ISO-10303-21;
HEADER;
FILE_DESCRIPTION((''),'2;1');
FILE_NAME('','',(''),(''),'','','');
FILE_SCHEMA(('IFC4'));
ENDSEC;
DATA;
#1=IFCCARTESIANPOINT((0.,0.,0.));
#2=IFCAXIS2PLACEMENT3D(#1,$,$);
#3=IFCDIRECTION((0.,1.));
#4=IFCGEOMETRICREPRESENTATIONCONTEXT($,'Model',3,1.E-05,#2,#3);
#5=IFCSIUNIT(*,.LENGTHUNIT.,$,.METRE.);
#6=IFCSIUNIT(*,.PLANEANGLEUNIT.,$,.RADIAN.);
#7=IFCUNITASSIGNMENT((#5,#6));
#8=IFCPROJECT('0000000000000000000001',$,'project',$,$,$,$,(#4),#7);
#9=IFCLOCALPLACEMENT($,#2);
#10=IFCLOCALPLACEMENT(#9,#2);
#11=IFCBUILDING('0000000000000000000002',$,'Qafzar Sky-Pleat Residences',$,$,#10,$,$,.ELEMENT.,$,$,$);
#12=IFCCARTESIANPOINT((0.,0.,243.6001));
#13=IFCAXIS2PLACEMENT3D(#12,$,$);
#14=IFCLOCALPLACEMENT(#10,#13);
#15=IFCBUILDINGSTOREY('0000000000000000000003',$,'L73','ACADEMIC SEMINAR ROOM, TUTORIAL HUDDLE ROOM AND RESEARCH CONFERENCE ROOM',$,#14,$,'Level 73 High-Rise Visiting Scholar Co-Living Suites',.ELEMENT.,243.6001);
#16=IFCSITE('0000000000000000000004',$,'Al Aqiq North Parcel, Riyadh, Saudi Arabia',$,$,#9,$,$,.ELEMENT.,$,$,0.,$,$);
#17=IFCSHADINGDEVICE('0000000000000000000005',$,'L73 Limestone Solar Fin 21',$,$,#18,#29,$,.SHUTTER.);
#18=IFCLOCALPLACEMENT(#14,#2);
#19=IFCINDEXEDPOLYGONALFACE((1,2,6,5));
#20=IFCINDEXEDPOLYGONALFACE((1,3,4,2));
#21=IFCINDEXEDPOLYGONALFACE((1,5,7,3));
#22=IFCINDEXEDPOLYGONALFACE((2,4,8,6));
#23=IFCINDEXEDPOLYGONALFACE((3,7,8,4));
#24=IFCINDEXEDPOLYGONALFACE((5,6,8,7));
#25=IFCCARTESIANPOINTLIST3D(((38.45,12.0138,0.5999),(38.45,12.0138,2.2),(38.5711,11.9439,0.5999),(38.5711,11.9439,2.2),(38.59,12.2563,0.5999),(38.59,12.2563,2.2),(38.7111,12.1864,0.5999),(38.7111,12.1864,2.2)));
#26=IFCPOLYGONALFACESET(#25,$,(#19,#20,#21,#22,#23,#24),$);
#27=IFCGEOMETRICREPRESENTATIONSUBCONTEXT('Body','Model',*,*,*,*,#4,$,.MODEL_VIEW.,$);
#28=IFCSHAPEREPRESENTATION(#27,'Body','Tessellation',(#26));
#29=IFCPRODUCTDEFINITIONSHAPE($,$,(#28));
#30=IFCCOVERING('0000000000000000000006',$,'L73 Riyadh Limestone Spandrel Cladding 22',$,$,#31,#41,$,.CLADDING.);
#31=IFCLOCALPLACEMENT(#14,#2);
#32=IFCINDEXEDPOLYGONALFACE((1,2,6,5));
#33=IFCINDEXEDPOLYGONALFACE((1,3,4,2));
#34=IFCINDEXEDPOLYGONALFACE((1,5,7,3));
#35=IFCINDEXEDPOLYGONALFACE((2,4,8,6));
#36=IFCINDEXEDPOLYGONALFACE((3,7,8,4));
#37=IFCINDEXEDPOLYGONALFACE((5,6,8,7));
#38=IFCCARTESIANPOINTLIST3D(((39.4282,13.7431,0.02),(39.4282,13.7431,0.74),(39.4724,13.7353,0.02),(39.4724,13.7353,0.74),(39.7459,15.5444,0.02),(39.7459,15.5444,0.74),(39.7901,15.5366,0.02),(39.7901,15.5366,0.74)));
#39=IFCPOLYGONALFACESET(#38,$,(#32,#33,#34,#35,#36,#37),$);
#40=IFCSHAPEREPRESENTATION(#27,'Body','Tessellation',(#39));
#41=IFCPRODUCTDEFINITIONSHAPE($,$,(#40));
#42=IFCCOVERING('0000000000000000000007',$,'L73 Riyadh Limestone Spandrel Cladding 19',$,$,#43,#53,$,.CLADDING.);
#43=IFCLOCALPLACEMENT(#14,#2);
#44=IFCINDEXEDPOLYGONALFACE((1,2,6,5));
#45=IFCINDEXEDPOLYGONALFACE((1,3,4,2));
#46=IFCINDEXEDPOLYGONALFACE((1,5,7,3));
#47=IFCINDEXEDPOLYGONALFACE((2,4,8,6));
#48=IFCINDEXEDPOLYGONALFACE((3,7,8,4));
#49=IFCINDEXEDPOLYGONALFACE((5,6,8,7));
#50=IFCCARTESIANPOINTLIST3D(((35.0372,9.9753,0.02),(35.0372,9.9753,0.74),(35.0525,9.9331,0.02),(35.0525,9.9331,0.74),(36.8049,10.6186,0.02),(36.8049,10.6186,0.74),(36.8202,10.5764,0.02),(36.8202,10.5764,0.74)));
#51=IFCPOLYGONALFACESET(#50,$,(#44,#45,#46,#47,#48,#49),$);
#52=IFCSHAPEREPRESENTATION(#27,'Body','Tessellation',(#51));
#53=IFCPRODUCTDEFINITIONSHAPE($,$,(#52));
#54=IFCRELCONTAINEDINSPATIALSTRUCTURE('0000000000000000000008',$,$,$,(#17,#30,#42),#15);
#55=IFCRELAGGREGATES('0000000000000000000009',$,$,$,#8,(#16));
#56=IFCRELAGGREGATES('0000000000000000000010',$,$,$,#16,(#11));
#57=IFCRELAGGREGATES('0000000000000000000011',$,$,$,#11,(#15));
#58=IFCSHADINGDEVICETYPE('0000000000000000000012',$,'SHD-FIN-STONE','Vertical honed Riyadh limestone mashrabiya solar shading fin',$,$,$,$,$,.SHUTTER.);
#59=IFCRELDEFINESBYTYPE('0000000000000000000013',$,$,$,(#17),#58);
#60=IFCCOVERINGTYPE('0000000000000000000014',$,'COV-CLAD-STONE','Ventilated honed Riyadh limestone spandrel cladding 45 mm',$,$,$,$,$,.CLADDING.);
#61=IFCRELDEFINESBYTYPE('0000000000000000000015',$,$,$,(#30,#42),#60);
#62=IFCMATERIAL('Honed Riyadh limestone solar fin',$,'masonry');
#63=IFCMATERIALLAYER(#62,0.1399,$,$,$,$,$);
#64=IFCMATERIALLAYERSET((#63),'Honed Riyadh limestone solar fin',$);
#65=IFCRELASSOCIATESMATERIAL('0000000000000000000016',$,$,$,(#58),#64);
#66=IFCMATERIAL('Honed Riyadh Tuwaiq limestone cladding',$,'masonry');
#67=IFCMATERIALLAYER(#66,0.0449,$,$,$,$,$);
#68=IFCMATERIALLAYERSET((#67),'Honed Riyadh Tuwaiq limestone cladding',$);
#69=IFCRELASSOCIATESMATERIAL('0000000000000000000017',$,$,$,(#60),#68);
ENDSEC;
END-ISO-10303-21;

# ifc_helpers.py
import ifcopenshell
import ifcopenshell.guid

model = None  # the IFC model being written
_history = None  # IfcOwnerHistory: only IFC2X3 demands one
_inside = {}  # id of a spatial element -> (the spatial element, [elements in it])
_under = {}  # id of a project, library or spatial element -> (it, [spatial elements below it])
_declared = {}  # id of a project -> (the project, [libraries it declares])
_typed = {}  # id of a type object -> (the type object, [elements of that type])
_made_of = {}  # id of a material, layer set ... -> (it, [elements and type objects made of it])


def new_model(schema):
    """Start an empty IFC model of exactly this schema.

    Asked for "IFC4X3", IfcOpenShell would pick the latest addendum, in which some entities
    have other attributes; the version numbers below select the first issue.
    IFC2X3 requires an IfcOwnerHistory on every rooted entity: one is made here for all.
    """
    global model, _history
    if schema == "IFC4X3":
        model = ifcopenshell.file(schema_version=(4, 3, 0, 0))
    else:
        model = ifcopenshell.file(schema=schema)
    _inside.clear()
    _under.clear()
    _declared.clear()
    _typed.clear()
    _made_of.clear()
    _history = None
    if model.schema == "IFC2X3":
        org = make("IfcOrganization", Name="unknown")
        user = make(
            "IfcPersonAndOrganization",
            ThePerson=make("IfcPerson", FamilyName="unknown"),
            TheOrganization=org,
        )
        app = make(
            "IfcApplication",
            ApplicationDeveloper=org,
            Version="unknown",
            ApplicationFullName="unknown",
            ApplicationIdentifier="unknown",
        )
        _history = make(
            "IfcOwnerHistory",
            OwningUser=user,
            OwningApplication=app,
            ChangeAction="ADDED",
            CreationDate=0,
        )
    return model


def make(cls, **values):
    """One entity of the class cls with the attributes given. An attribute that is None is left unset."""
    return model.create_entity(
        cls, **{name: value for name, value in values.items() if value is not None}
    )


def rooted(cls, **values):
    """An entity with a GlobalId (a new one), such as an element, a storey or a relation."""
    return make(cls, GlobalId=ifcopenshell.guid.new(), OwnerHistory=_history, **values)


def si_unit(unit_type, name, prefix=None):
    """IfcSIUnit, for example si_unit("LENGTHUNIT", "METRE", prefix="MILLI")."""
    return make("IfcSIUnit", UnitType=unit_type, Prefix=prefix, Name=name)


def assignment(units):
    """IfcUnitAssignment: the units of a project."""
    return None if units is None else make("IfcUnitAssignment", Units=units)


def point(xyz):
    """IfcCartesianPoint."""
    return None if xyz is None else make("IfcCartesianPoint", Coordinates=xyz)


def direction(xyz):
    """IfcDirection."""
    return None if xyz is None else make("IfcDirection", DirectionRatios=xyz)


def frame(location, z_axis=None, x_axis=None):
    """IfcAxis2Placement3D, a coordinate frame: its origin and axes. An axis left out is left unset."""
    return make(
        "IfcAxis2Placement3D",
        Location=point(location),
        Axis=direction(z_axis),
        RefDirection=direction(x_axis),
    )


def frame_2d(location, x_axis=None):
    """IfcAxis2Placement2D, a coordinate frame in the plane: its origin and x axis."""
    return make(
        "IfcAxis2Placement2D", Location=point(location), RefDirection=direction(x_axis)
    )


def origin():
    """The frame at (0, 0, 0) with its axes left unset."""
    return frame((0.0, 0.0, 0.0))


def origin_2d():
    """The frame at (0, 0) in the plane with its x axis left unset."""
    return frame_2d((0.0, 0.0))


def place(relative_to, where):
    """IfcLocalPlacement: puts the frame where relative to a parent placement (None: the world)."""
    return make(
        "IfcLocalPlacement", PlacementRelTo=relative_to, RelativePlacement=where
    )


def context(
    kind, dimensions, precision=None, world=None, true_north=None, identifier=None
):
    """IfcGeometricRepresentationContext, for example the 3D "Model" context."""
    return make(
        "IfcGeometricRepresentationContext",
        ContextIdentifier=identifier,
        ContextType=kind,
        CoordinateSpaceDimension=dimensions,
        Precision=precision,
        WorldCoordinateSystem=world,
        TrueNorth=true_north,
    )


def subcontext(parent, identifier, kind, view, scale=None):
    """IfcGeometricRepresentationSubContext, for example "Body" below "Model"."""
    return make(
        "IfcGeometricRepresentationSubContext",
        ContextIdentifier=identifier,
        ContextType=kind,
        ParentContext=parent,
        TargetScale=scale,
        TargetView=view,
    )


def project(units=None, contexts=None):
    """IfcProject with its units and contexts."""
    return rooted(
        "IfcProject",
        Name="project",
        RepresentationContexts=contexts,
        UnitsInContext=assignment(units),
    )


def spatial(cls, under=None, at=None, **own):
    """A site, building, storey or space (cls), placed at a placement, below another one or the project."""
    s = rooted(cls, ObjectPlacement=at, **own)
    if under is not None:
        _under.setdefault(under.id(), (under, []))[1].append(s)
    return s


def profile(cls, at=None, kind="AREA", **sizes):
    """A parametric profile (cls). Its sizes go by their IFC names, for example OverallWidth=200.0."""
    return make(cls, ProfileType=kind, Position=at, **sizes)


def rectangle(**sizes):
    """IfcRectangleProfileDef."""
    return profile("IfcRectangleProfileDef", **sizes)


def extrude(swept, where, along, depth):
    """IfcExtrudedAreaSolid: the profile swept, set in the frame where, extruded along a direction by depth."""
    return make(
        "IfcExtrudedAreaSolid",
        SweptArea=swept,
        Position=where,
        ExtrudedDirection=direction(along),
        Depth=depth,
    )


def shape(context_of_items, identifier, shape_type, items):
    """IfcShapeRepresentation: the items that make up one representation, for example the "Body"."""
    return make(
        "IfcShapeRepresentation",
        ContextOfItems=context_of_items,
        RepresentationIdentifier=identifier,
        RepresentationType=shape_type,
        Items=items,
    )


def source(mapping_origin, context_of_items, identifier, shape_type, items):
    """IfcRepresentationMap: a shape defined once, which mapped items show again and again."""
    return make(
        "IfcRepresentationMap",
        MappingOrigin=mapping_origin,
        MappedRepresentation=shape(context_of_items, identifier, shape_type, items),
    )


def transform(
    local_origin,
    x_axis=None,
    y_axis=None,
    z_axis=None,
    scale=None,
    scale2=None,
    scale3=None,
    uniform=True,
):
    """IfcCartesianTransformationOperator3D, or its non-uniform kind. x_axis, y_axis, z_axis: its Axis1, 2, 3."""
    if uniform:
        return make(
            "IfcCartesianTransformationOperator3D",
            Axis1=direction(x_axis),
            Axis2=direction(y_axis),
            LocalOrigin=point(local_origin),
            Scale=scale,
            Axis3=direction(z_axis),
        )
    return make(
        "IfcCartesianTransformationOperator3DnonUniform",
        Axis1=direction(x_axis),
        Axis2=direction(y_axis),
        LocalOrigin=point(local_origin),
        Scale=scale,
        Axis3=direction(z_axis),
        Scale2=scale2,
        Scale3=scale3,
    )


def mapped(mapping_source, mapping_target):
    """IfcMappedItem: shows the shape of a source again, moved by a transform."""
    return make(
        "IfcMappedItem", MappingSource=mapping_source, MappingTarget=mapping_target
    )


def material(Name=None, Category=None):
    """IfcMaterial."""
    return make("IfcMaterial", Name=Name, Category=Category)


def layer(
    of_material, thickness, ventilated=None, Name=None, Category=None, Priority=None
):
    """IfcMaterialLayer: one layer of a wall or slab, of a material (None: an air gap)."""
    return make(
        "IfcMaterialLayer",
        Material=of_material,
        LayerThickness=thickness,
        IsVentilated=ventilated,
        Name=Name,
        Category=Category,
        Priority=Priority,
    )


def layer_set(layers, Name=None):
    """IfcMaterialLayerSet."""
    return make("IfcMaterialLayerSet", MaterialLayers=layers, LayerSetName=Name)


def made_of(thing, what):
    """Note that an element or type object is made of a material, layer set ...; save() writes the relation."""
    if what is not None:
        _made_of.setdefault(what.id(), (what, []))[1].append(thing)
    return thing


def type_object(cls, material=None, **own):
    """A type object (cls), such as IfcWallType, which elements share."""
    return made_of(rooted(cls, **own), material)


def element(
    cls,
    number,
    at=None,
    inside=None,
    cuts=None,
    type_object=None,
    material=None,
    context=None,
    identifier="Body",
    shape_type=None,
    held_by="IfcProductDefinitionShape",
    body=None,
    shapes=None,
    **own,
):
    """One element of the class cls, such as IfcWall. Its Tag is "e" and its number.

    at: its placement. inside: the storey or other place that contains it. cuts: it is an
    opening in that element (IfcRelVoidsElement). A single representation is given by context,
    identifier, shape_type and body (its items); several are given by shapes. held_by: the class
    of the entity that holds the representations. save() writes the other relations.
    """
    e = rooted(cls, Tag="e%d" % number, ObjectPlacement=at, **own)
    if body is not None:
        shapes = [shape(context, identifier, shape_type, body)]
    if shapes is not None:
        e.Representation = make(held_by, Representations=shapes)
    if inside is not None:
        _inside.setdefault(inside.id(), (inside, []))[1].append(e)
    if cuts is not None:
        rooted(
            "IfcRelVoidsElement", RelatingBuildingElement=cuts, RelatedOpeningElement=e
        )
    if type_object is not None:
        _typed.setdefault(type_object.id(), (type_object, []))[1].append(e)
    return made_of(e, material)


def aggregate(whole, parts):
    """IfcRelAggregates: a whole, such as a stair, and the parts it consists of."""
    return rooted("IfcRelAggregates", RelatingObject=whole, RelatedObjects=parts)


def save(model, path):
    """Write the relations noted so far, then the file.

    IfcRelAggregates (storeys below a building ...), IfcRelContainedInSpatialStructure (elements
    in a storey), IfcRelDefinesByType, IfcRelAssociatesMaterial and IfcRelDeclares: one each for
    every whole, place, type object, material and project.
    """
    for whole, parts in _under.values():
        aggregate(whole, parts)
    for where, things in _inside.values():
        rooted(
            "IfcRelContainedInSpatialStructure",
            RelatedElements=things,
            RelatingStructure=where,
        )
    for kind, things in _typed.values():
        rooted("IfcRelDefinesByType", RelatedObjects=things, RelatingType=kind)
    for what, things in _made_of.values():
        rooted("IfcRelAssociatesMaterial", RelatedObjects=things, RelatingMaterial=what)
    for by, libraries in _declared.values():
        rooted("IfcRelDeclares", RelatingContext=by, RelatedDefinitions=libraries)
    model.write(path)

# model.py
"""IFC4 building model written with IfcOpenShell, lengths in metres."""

from ifc_helpers import new_model, si_unit, direction, frame, origin, origin_2d, place, context, subcontext, project, spatial, rectangle, extrude, source, transform, mapped, material, layer, layer_set, type_object, element, save


model = new_model("IFC4")

# Units and contexts
model_context = context("Model", 3, precision=1e-05, world=origin(), true_north=direction((0.0, 1.0)))
body_context = subcontext(model_context, "Body", "Model", "MODEL_VIEW")
ifc_project = project(units=[si_unit("LENGTHUNIT", "METRE"), si_unit("PLANEANGLEUNIT", "RADIAN")], contexts=[model_context])

# Site, building, storey
site_placement = place(None, origin())
site = spatial("IfcSite", under=ifc_project, at=site_placement, Name="Al Aqiq North Parcel, Riyadh, Saudi Arabia", CompositionType="ELEMENT", RefElevation=0.0)
building_placement = place(site_placement, origin())
building = spatial("IfcBuilding", under=site, at=building_placement, Name="Qafzar Sky-Pleat Residences", CompositionType="ELEMENT")
storey_placement = place(building_placement, frame((0.0, 0.0, 243.6001)))
storey = spatial("IfcBuildingStorey", under=building, at=storey_placement, Name="L73", Description="ACADEMIC SEMINAR ROOM, TUTORIAL HUDDLE ROOM AND RESEARCH CONFERENCE ROOM", LongName="Level 73 High-Rise Visiting Scholar Co-Living Suites", CompositionType="ELEMENT", Elevation=243.6001)

# Shading device
ifc_material_1 = material(Name="Honed Riyadh limestone solar fin", Category="masonry")
ifc_layer_1 = layer(ifc_material_1, 0.1399)
ifc_layer_set_1 = layer_set([ifc_layer_1], Name="Honed Riyadh limestone solar fin")
shading_device_type = type_object("IfcShadingDeviceType", Name="SHD-FIN-STONE", Description="Vertical honed Riyadh limestone mashrabiya solar shading fin", PredefinedType="SHUTTER", material=ifc_layer_set_1)
shared_shape_1 = source(origin(), body_context, "Body", "SweptSolid", [
    extrude(rectangle(XDim=0.1399, YDim=0.28, at=origin_2d()), origin(), (0.0, 0.0, 1.0), 1.6001),
])
shading_device_placement = place(storey_placement, frame((38.5806, 12.1001, 0.5999), z_axis=(0.0, 0.0, 1.0), x_axis=(0.866044, -0.499967, 0.0)))
element("IfcShadingDevice", 1, at=shading_device_placement, inside=storey, type_object=shading_device_type, Name="L73 Limestone Solar Fin 21", PredefinedType="SHUTTER", context=body_context, shape_type="MappedRepresentation", body=[
    mapped(shared_shape_1, transform((0.0, 0.0, 0.0), x_axis=(1.0, 0.0, 0.0), y_axis=(0.0, 1.0, 0.0), z_axis=(0.0, 0.0, 1.0), scale=1.0)),
])

# Coverings
ifc_material_2 = material(Name="Honed Riyadh Tuwaiq limestone cladding", Category="masonry")
ifc_layer_2 = layer(ifc_material_2, 0.0449)
ifc_layer_set_2 = layer_set([ifc_layer_2], Name="Honed Riyadh Tuwaiq limestone cladding")
covering_type = type_object("IfcCoveringType", Name="COV-CLAD-STONE", Description="Ventilated honed Riyadh limestone spandrel cladding 45 mm", PredefinedType="CLADDING", material=ifc_layer_set_2)
shared_shape_2 = source(origin(), body_context, "Body", "SweptSolid", [
    extrude(rectangle(XDim=1.8291, YDim=0.0449, at=origin_2d()), origin(), (0.0, 0.0, 1.0), 0.72),
])
covering_1_placement = place(storey_placement, frame((39.6091, 14.6399, 0.02), z_axis=(0.0, 0.0, 1.0), x_axis=(0.173696, 0.984799, 0.0)))
element("IfcCovering", 2, at=covering_1_placement, inside=storey, type_object=covering_type, Name="L73 Riyadh Limestone Spandrel Cladding 22", PredefinedType="CLADDING", context=body_context, shape_type="MappedRepresentation", body=[
    mapped(shared_shape_2, transform((0.0, 0.0, 0.0), x_axis=(1.0, 0.0, 0.0), y_axis=(0.0, 1.0, 0.0), z_axis=(0.0, 0.0, 1.0), scale=1.0)),
])
shared_shape_3 = source(origin(), body_context, "Body", "SweptSolid", [
    extrude(rectangle(XDim=1.8811, YDim=0.0449, at=origin_2d()), origin(), (0.0, 0.0, 1.0), 0.72),
])
covering_2_placement = place(storey_placement, frame((35.9287, 10.2759, 0.02), z_axis=(0.0, 0.0, 1.0), x_axis=(0.93971, 0.341974, 0.0)))
element("IfcCovering", 3, at=covering_2_placement, inside=storey, type_object=covering_type, Name="L73 Riyadh Limestone Spandrel Cladding 19", PredefinedType="CLADDING", context=body_context, shape_type="MappedRepresentation", body=[
    mapped(shared_shape_3, transform((0.0, 0.0, 0.0), x_axis=(1.0, 0.0, 0.0), y_axis=(0.0, 1.0, 0.0), z_axis=(0.0, 0.0, 1.0), scale=1.0)),
])

save(model, "model.ifc")
